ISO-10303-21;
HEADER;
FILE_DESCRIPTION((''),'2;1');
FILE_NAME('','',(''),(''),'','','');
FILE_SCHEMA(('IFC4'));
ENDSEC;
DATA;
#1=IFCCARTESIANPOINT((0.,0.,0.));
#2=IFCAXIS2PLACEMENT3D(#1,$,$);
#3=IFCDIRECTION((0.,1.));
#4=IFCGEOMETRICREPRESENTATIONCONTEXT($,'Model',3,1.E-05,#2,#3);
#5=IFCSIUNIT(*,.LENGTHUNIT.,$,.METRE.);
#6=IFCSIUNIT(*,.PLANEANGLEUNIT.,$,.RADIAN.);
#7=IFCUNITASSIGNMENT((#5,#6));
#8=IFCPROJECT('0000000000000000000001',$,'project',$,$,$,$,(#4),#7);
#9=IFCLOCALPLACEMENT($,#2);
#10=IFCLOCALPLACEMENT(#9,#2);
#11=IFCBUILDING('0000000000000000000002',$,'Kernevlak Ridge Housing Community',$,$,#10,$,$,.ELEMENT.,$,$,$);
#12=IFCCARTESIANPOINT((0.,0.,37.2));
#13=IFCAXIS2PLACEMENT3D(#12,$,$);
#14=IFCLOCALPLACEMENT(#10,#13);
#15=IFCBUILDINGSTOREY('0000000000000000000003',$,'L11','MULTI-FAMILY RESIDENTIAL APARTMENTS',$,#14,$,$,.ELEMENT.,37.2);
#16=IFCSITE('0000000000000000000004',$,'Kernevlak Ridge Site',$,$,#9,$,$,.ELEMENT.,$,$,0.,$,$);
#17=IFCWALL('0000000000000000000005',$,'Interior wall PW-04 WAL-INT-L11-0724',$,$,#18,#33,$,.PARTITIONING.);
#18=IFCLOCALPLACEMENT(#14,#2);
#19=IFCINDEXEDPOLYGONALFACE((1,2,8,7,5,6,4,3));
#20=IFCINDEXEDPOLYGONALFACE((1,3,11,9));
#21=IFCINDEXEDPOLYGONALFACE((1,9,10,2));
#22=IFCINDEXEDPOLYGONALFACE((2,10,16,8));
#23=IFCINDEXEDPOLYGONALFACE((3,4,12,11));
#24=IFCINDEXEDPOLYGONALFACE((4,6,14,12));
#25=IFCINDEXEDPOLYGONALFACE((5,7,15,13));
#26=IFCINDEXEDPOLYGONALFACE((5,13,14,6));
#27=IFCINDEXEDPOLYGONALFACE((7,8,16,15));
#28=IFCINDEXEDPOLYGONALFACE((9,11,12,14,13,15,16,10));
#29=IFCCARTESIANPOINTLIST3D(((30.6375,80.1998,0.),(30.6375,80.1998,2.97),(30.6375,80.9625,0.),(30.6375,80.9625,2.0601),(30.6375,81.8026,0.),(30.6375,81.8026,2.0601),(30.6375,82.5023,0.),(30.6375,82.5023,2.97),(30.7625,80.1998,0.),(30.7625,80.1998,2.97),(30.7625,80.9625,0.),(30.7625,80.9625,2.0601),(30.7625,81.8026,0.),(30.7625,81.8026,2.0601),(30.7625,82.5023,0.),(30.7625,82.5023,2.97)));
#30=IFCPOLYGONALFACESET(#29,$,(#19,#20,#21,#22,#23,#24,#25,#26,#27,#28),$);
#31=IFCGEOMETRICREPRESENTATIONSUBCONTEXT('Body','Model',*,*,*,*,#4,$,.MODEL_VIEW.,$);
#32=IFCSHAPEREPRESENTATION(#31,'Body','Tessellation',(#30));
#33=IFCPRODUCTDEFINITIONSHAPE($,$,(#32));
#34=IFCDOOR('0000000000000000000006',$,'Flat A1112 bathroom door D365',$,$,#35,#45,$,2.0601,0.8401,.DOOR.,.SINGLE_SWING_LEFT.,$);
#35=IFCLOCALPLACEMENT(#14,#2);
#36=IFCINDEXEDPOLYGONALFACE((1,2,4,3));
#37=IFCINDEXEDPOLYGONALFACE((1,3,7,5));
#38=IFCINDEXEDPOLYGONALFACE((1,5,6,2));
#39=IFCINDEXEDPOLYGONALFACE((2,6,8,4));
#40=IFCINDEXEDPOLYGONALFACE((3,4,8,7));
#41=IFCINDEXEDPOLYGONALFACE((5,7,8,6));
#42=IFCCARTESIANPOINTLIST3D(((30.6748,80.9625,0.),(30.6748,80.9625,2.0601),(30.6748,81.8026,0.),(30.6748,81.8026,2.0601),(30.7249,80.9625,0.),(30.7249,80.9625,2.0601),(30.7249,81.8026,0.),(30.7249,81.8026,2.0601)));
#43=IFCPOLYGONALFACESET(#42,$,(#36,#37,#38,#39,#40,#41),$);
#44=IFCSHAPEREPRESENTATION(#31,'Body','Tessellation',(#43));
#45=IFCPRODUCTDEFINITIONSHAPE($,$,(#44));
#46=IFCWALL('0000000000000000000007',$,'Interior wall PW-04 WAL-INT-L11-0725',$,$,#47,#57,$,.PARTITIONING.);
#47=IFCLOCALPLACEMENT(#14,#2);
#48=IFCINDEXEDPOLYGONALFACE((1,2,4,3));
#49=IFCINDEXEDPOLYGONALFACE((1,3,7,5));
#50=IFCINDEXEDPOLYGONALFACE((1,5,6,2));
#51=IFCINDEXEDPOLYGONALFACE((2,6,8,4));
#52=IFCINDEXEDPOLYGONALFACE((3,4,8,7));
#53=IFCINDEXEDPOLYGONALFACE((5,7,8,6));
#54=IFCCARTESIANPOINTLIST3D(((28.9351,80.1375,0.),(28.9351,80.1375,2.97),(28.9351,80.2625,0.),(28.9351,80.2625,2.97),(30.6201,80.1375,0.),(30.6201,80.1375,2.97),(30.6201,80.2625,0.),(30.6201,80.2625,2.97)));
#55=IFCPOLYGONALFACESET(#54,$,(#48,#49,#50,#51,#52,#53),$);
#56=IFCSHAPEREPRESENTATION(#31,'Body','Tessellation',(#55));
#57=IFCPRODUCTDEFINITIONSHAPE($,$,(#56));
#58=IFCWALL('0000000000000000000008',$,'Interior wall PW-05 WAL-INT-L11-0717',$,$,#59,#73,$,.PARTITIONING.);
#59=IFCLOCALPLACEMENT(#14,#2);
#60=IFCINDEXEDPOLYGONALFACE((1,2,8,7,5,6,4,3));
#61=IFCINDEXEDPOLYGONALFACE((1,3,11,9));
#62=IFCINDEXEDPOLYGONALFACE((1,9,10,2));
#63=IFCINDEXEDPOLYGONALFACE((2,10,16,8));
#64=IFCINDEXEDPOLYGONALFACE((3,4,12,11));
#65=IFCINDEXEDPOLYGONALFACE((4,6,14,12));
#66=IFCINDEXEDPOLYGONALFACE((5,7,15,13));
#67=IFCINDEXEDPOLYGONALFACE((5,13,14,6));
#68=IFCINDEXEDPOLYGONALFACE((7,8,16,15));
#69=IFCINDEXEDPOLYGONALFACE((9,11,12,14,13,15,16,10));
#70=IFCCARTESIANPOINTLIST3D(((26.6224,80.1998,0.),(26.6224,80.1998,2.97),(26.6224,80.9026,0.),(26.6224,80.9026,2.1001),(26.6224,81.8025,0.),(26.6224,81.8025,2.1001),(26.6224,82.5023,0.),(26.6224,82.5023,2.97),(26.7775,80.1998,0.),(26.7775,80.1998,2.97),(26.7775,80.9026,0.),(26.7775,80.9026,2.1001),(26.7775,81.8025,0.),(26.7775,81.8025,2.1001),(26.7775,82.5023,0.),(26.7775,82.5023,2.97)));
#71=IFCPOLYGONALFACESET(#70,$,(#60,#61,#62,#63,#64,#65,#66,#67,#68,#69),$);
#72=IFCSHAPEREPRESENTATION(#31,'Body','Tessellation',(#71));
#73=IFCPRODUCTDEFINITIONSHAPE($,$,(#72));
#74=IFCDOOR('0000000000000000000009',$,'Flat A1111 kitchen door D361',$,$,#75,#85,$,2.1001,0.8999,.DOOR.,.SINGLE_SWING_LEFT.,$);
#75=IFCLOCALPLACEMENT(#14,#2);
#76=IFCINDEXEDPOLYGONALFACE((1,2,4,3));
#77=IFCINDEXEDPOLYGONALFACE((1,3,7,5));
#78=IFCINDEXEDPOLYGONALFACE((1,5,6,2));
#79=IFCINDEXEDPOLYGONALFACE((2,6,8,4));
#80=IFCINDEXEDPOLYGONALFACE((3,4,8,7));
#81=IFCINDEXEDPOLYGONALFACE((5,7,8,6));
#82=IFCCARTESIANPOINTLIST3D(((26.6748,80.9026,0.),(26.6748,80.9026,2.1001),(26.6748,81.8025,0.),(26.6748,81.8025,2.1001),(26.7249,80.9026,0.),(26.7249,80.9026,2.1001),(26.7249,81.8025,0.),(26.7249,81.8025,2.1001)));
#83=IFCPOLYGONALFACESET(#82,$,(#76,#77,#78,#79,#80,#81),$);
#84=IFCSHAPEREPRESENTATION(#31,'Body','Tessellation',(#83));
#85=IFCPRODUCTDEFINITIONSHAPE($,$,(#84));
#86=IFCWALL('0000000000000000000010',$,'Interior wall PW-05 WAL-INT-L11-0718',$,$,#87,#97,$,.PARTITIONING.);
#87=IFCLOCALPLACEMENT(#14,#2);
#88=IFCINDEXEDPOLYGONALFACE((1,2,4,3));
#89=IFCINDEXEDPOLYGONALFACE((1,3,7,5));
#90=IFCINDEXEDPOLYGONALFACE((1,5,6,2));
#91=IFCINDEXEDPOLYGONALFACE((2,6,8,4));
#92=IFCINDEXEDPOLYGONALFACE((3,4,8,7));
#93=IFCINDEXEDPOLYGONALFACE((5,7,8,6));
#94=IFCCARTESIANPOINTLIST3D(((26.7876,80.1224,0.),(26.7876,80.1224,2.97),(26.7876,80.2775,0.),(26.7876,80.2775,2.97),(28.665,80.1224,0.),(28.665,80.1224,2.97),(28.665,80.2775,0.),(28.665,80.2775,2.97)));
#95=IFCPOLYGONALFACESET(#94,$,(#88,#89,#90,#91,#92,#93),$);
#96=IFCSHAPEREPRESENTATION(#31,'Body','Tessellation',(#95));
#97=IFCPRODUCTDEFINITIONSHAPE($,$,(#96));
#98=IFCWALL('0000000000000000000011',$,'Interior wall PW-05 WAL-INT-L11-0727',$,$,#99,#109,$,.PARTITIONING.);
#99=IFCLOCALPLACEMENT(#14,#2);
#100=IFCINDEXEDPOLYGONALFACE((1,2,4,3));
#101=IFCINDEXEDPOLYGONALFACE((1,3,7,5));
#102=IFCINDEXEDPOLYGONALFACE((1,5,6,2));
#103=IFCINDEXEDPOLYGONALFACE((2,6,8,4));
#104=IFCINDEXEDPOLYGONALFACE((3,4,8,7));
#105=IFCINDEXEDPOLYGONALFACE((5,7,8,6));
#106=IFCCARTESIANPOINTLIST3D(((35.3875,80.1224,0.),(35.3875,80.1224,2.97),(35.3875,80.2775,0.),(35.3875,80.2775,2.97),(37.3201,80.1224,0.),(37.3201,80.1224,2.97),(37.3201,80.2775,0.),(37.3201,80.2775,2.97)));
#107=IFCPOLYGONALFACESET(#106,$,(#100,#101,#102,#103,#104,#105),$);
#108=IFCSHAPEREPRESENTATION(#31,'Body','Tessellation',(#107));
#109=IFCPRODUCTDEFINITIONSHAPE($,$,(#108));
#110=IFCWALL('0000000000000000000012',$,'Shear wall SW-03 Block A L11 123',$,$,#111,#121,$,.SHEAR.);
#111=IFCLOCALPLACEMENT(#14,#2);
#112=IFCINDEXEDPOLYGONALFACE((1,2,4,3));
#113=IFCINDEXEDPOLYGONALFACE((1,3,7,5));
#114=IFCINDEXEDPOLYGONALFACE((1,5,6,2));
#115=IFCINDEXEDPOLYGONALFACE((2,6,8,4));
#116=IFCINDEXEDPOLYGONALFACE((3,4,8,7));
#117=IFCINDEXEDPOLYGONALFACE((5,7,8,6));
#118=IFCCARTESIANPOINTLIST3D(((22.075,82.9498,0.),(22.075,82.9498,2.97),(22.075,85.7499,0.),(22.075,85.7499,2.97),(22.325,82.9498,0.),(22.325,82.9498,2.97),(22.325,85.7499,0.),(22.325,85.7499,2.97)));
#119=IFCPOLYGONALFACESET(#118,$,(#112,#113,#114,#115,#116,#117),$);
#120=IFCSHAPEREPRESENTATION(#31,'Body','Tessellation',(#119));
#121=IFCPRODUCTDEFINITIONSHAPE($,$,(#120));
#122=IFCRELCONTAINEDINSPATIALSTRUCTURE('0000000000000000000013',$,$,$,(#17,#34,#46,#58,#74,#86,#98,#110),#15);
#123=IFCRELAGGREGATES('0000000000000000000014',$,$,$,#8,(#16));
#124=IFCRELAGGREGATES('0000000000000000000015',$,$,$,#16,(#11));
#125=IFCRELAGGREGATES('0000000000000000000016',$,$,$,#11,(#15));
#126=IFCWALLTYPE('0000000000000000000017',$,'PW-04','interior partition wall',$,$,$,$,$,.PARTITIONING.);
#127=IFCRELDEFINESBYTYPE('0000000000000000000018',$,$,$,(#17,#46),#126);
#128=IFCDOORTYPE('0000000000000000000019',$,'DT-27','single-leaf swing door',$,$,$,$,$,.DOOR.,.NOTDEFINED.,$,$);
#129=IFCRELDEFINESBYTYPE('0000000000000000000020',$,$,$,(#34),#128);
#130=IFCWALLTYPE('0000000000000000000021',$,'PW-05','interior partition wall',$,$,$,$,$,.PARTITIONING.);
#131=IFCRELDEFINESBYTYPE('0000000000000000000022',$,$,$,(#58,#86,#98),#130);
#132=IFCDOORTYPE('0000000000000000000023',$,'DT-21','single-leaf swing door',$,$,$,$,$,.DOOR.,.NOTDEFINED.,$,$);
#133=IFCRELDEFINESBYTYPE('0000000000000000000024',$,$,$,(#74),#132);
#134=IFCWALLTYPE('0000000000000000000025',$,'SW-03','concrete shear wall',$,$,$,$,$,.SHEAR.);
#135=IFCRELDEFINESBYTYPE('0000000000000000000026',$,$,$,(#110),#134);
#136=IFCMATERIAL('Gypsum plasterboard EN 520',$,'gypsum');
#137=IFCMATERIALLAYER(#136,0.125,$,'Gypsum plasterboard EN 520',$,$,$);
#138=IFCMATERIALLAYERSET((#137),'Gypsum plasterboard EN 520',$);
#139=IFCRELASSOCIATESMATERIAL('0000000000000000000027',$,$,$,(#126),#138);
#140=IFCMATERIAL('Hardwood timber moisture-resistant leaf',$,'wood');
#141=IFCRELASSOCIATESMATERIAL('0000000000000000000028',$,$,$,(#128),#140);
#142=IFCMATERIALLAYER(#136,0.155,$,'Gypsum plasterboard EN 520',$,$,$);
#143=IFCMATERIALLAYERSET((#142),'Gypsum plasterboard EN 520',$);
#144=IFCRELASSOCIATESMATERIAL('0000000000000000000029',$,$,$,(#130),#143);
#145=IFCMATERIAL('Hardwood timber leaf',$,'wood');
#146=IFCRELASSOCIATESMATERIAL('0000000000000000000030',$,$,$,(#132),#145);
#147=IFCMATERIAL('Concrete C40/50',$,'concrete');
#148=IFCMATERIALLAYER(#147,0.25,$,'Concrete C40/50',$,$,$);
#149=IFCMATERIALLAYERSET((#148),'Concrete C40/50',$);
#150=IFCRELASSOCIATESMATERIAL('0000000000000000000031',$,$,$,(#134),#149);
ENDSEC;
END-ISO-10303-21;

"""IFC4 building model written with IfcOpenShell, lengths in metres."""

from ifc_helpers import new_model, si_unit, direction, frame, frame_2d, origin, place, context, subcontext, project, spatial, rectangle, extrude, material, layer, layer_set, type_object, element, fill, save


model = new_model("IFC4")

# Units and contexts
model_context = context("Model", 3, precision=1e-05, world=origin(), true_north=direction((0.0, 1.0)))
body_context = subcontext(model_context, "Body", "Model", "MODEL_VIEW")
ifc_project = project(units=[si_unit("LENGTHUNIT", "METRE"), si_unit("PLANEANGLEUNIT", "RADIAN")], contexts=[model_context])

# Site, building, storey
site_placement = place(None, origin())
site = spatial("IfcSite", under=ifc_project, at=site_placement, Name="Kernevlak Ridge Site", CompositionType="ELEMENT", RefElevation=0.0)
building_placement = place(site_placement, origin())
building = spatial("IfcBuilding", under=site, at=building_placement, Name="Kernevlak Ridge Housing Community", CompositionType="ELEMENT")
storey_placement = place(building_placement, frame((0.0, 0.0, 37.2)))
storey = spatial("IfcBuildingStorey", under=building, at=storey_placement, Name="L11", Description="MULTI-FAMILY RESIDENTIAL APARTMENTS", CompositionType="ELEMENT", Elevation=37.2)

# Wall, opening, door
ifc_material_1 = material(Name="Hardwood timber leaf", Category="wood")
ifc_material_2 = material(Name="Gypsum plasterboard EN 520", Category="gypsum")
ifc_layer_1 = layer(ifc_material_2, 0.125, Name="Gypsum plasterboard EN 520")
ifc_layer_set_1 = layer_set([ifc_layer_1], Name="Gypsum plasterboard EN 520")
wall_type_1 = type_object("IfcWallType", Name="PW-04", Description="interior partition wall", PredefinedType="PARTITIONING", material=ifc_layer_set_1)
wall_1_placement = place(storey_placement, frame((30.7, 82.5024, 0.0), z_axis=(0.0, 0.0, 1.0), x_axis=(0.0, -1.0, 0.0)))
wall_1 = element("IfcWall", 1, at=wall_1_placement, inside=storey, type_object=wall_type_1, Name="Interior wall PW-04 WAL-INT-L11-0724", PredefinedType="PARTITIONING", context=body_context, shape_type="SweptSolid", body=[
    extrude(rectangle(XDim=2.3025, YDim=0.125, at=frame_2d((1.1514, 0.0))), origin(), (0.0, 0.0, 1.0), 2.97),
])
opening_1_placement = place(wall_1_placement, frame((0.7, 0.0, 0.0)))
opening_1 = element("IfcOpeningElement", 2, at=opening_1_placement, cuts=wall_1, PredefinedType="OPENING", context=body_context, shape_type="SweptSolid", body=[
    extrude(rectangle(XDim=0.8401, YDim=2.0601, at=frame_2d((0.4199, 1.03))), frame((0.0, 0.0725, 0.0), z_axis=(0.0, -1.0, 0.0), x_axis=(1.0, 0.0, 0.0)), (0.0, 0.0, 1.0), 0.145),
])
ifc_material_3 = material(Name="Hardwood timber moisture-resistant leaf", Category="wood")
door_type_1 = type_object("IfcDoorType", Name="DT-27", Description="single-leaf swing door", OperationType="NOTDEFINED", PredefinedType="DOOR", material=ifc_material_3)
door_1_placement = place(opening_1_placement, origin())
door_1 = element("IfcDoor", 3, at=door_1_placement, inside=storey, type_object=door_type_1, Name="Flat A1112 bathroom door D365", OperationType="SINGLE_SWING_LEFT", OverallHeight=2.0601, OverallWidth=0.8401, PredefinedType="DOOR", context=body_context, shape_type="SweptSolid", body=[
    extrude(rectangle(XDim=0.8401, YDim=2.0601, at=frame_2d((0.4199, 1.03))), frame((0.0, 0.0249, 0.0), z_axis=(0.0, -1.0, 0.0), x_axis=(1.0, 0.0, 0.0)), (0.0, 0.0, 1.0), 0.05),
])
fill(opening_1, door_1)

# Wall
wall_2_placement = place(storey_placement, frame((28.9351, 80.2, 0.0), z_axis=(0.0, 0.0, 1.0), x_axis=(1.0, 0.0, 0.0)))
element("IfcWall", 4, at=wall_2_placement, inside=storey, type_object=wall_type_1, Name="Interior wall PW-04 WAL-INT-L11-0725", PredefinedType="PARTITIONING", context=body_context, shape_type="SweptSolid", body=[
    extrude(rectangle(XDim=1.6851, YDim=0.125, at=frame_2d((0.8425, 0.0))), origin(), (0.0, 0.0, 1.0), 2.97),
])

# Wall, opening, door
ifc_layer_2 = layer(ifc_material_2, 0.155, Name="Gypsum plasterboard EN 520")
ifc_layer_set_2 = layer_set([ifc_layer_2], Name="Gypsum plasterboard EN 520")
wall_type_2 = type_object("IfcWallType", Name="PW-05", Description="interior partition wall", PredefinedType="PARTITIONING", material=ifc_layer_set_2)
wall_3_placement = place(storey_placement, frame((26.7, 82.5024, 0.0), z_axis=(0.0, 0.0, 1.0), x_axis=(0.0, -1.0, 0.0)))
wall_3 = element("IfcWall", 5, at=wall_3_placement, inside=storey, type_object=wall_type_2, Name="Interior wall PW-05 WAL-INT-L11-0717", PredefinedType="PARTITIONING", context=body_context, shape_type="SweptSolid", body=[
    extrude(rectangle(XDim=2.3025, YDim=0.155, at=frame_2d((1.1514, 0.0))), origin(), (0.0, 0.0, 1.0), 2.97),
])
opening_2_placement = place(wall_3_placement, frame((0.7, 0.0, 0.0)))
opening_2 = element("IfcOpeningElement", 6, at=opening_2_placement, cuts=wall_3, PredefinedType="OPENING", context=body_context, shape_type="SweptSolid", body=[
    extrude(rectangle(XDim=0.8999, YDim=2.1001, at=frame_2d((0.45, 1.05))), frame((0.0, 0.0874, 0.0), z_axis=(0.0, -1.0, 0.0), x_axis=(1.0, 0.0, 0.0)), (0.0, 0.0, 1.0), 0.175),
])
door_type_2 = type_object("IfcDoorType", Name="DT-21", Description="single-leaf swing door", OperationType="NOTDEFINED", PredefinedType="DOOR", material=ifc_material_1)
door_2_placement = place(opening_2_placement, origin())
door_2 = element("IfcDoor", 7, at=door_2_placement, inside=storey, type_object=door_type_2, Name="Flat A1111 kitchen door D361", OperationType="SINGLE_SWING_LEFT", OverallHeight=2.1001, OverallWidth=0.8999, PredefinedType="DOOR", context=body_context, shape_type="SweptSolid", body=[
    extrude(rectangle(XDim=0.8999, YDim=2.1001, at=frame_2d((0.45, 1.05))), frame((0.0, 0.0249, 0.0), z_axis=(0.0, -1.0, 0.0), x_axis=(1.0, 0.0, 0.0)), (0.0, 0.0, 1.0), 0.05),
])
fill(opening_2, door_2)

# Wall
wall_4_placement = place(storey_placement, frame((26.7876, 80.2, 0.0), z_axis=(0.0, 0.0, 1.0), x_axis=(1.0, 0.0, 0.0)))
element("IfcWall", 8, at=wall_4_placement, inside=storey, type_object=wall_type_2, Name="Interior wall PW-05 WAL-INT-L11-0718", PredefinedType="PARTITIONING", context=body_context, shape_type="SweptSolid", body=[
    extrude(rectangle(XDim=1.8774, YDim=0.155, at=frame_2d((0.9387, 0.0))), origin(), (0.0, 0.0, 1.0), 2.97),
])

# Walls
wall_5_placement = place(storey_placement, frame((35.3875, 80.2, 0.0), z_axis=(0.0, 0.0, 1.0), x_axis=(1.0, 0.0, 0.0)))
element("IfcWall", 9, at=wall_5_placement, inside=storey, type_object=wall_type_2, Name="Interior wall PW-05 WAL-INT-L11-0727", PredefinedType="PARTITIONING", context=body_context, shape_type="SweptSolid", body=[
    extrude(rectangle(XDim=1.9326, YDim=0.155, at=frame_2d((0.9663, 0.0))), origin(), (0.0, 0.0, 1.0), 2.97),
])
ifc_material_4 = material(Name="Concrete C40/50", Category="concrete")
ifc_layer_3 = layer(ifc_material_4, 0.25, Name="Concrete C40/50")
ifc_layer_set_3 = layer_set([ifc_layer_3], Name="Concrete C40/50")
wall_type_3 = type_object("IfcWallType", Name="SW-03", Description="concrete shear wall", PredefinedType="SHEAR", material=ifc_layer_set_3)
wall_6_placement = place(storey_placement, frame((22.2, 82.95, 0.0), z_axis=(0.0, 0.0, 1.0), x_axis=(0.0, 1.0, 0.0)))
element("IfcWall", 10, at=wall_6_placement, inside=storey, type_object=wall_type_3, Name="Shear wall SW-03 Block A L11 123", PredefinedType="SHEAR", context=body_context, shape_type="SweptSolid", body=[
    extrude(rectangle(XDim=2.8, YDim=0.25, at=frame_2d((1.3999, 0.0))), origin(), (0.0, 0.0, 1.0), 2.97),
])

save(model, "model.ifc")
